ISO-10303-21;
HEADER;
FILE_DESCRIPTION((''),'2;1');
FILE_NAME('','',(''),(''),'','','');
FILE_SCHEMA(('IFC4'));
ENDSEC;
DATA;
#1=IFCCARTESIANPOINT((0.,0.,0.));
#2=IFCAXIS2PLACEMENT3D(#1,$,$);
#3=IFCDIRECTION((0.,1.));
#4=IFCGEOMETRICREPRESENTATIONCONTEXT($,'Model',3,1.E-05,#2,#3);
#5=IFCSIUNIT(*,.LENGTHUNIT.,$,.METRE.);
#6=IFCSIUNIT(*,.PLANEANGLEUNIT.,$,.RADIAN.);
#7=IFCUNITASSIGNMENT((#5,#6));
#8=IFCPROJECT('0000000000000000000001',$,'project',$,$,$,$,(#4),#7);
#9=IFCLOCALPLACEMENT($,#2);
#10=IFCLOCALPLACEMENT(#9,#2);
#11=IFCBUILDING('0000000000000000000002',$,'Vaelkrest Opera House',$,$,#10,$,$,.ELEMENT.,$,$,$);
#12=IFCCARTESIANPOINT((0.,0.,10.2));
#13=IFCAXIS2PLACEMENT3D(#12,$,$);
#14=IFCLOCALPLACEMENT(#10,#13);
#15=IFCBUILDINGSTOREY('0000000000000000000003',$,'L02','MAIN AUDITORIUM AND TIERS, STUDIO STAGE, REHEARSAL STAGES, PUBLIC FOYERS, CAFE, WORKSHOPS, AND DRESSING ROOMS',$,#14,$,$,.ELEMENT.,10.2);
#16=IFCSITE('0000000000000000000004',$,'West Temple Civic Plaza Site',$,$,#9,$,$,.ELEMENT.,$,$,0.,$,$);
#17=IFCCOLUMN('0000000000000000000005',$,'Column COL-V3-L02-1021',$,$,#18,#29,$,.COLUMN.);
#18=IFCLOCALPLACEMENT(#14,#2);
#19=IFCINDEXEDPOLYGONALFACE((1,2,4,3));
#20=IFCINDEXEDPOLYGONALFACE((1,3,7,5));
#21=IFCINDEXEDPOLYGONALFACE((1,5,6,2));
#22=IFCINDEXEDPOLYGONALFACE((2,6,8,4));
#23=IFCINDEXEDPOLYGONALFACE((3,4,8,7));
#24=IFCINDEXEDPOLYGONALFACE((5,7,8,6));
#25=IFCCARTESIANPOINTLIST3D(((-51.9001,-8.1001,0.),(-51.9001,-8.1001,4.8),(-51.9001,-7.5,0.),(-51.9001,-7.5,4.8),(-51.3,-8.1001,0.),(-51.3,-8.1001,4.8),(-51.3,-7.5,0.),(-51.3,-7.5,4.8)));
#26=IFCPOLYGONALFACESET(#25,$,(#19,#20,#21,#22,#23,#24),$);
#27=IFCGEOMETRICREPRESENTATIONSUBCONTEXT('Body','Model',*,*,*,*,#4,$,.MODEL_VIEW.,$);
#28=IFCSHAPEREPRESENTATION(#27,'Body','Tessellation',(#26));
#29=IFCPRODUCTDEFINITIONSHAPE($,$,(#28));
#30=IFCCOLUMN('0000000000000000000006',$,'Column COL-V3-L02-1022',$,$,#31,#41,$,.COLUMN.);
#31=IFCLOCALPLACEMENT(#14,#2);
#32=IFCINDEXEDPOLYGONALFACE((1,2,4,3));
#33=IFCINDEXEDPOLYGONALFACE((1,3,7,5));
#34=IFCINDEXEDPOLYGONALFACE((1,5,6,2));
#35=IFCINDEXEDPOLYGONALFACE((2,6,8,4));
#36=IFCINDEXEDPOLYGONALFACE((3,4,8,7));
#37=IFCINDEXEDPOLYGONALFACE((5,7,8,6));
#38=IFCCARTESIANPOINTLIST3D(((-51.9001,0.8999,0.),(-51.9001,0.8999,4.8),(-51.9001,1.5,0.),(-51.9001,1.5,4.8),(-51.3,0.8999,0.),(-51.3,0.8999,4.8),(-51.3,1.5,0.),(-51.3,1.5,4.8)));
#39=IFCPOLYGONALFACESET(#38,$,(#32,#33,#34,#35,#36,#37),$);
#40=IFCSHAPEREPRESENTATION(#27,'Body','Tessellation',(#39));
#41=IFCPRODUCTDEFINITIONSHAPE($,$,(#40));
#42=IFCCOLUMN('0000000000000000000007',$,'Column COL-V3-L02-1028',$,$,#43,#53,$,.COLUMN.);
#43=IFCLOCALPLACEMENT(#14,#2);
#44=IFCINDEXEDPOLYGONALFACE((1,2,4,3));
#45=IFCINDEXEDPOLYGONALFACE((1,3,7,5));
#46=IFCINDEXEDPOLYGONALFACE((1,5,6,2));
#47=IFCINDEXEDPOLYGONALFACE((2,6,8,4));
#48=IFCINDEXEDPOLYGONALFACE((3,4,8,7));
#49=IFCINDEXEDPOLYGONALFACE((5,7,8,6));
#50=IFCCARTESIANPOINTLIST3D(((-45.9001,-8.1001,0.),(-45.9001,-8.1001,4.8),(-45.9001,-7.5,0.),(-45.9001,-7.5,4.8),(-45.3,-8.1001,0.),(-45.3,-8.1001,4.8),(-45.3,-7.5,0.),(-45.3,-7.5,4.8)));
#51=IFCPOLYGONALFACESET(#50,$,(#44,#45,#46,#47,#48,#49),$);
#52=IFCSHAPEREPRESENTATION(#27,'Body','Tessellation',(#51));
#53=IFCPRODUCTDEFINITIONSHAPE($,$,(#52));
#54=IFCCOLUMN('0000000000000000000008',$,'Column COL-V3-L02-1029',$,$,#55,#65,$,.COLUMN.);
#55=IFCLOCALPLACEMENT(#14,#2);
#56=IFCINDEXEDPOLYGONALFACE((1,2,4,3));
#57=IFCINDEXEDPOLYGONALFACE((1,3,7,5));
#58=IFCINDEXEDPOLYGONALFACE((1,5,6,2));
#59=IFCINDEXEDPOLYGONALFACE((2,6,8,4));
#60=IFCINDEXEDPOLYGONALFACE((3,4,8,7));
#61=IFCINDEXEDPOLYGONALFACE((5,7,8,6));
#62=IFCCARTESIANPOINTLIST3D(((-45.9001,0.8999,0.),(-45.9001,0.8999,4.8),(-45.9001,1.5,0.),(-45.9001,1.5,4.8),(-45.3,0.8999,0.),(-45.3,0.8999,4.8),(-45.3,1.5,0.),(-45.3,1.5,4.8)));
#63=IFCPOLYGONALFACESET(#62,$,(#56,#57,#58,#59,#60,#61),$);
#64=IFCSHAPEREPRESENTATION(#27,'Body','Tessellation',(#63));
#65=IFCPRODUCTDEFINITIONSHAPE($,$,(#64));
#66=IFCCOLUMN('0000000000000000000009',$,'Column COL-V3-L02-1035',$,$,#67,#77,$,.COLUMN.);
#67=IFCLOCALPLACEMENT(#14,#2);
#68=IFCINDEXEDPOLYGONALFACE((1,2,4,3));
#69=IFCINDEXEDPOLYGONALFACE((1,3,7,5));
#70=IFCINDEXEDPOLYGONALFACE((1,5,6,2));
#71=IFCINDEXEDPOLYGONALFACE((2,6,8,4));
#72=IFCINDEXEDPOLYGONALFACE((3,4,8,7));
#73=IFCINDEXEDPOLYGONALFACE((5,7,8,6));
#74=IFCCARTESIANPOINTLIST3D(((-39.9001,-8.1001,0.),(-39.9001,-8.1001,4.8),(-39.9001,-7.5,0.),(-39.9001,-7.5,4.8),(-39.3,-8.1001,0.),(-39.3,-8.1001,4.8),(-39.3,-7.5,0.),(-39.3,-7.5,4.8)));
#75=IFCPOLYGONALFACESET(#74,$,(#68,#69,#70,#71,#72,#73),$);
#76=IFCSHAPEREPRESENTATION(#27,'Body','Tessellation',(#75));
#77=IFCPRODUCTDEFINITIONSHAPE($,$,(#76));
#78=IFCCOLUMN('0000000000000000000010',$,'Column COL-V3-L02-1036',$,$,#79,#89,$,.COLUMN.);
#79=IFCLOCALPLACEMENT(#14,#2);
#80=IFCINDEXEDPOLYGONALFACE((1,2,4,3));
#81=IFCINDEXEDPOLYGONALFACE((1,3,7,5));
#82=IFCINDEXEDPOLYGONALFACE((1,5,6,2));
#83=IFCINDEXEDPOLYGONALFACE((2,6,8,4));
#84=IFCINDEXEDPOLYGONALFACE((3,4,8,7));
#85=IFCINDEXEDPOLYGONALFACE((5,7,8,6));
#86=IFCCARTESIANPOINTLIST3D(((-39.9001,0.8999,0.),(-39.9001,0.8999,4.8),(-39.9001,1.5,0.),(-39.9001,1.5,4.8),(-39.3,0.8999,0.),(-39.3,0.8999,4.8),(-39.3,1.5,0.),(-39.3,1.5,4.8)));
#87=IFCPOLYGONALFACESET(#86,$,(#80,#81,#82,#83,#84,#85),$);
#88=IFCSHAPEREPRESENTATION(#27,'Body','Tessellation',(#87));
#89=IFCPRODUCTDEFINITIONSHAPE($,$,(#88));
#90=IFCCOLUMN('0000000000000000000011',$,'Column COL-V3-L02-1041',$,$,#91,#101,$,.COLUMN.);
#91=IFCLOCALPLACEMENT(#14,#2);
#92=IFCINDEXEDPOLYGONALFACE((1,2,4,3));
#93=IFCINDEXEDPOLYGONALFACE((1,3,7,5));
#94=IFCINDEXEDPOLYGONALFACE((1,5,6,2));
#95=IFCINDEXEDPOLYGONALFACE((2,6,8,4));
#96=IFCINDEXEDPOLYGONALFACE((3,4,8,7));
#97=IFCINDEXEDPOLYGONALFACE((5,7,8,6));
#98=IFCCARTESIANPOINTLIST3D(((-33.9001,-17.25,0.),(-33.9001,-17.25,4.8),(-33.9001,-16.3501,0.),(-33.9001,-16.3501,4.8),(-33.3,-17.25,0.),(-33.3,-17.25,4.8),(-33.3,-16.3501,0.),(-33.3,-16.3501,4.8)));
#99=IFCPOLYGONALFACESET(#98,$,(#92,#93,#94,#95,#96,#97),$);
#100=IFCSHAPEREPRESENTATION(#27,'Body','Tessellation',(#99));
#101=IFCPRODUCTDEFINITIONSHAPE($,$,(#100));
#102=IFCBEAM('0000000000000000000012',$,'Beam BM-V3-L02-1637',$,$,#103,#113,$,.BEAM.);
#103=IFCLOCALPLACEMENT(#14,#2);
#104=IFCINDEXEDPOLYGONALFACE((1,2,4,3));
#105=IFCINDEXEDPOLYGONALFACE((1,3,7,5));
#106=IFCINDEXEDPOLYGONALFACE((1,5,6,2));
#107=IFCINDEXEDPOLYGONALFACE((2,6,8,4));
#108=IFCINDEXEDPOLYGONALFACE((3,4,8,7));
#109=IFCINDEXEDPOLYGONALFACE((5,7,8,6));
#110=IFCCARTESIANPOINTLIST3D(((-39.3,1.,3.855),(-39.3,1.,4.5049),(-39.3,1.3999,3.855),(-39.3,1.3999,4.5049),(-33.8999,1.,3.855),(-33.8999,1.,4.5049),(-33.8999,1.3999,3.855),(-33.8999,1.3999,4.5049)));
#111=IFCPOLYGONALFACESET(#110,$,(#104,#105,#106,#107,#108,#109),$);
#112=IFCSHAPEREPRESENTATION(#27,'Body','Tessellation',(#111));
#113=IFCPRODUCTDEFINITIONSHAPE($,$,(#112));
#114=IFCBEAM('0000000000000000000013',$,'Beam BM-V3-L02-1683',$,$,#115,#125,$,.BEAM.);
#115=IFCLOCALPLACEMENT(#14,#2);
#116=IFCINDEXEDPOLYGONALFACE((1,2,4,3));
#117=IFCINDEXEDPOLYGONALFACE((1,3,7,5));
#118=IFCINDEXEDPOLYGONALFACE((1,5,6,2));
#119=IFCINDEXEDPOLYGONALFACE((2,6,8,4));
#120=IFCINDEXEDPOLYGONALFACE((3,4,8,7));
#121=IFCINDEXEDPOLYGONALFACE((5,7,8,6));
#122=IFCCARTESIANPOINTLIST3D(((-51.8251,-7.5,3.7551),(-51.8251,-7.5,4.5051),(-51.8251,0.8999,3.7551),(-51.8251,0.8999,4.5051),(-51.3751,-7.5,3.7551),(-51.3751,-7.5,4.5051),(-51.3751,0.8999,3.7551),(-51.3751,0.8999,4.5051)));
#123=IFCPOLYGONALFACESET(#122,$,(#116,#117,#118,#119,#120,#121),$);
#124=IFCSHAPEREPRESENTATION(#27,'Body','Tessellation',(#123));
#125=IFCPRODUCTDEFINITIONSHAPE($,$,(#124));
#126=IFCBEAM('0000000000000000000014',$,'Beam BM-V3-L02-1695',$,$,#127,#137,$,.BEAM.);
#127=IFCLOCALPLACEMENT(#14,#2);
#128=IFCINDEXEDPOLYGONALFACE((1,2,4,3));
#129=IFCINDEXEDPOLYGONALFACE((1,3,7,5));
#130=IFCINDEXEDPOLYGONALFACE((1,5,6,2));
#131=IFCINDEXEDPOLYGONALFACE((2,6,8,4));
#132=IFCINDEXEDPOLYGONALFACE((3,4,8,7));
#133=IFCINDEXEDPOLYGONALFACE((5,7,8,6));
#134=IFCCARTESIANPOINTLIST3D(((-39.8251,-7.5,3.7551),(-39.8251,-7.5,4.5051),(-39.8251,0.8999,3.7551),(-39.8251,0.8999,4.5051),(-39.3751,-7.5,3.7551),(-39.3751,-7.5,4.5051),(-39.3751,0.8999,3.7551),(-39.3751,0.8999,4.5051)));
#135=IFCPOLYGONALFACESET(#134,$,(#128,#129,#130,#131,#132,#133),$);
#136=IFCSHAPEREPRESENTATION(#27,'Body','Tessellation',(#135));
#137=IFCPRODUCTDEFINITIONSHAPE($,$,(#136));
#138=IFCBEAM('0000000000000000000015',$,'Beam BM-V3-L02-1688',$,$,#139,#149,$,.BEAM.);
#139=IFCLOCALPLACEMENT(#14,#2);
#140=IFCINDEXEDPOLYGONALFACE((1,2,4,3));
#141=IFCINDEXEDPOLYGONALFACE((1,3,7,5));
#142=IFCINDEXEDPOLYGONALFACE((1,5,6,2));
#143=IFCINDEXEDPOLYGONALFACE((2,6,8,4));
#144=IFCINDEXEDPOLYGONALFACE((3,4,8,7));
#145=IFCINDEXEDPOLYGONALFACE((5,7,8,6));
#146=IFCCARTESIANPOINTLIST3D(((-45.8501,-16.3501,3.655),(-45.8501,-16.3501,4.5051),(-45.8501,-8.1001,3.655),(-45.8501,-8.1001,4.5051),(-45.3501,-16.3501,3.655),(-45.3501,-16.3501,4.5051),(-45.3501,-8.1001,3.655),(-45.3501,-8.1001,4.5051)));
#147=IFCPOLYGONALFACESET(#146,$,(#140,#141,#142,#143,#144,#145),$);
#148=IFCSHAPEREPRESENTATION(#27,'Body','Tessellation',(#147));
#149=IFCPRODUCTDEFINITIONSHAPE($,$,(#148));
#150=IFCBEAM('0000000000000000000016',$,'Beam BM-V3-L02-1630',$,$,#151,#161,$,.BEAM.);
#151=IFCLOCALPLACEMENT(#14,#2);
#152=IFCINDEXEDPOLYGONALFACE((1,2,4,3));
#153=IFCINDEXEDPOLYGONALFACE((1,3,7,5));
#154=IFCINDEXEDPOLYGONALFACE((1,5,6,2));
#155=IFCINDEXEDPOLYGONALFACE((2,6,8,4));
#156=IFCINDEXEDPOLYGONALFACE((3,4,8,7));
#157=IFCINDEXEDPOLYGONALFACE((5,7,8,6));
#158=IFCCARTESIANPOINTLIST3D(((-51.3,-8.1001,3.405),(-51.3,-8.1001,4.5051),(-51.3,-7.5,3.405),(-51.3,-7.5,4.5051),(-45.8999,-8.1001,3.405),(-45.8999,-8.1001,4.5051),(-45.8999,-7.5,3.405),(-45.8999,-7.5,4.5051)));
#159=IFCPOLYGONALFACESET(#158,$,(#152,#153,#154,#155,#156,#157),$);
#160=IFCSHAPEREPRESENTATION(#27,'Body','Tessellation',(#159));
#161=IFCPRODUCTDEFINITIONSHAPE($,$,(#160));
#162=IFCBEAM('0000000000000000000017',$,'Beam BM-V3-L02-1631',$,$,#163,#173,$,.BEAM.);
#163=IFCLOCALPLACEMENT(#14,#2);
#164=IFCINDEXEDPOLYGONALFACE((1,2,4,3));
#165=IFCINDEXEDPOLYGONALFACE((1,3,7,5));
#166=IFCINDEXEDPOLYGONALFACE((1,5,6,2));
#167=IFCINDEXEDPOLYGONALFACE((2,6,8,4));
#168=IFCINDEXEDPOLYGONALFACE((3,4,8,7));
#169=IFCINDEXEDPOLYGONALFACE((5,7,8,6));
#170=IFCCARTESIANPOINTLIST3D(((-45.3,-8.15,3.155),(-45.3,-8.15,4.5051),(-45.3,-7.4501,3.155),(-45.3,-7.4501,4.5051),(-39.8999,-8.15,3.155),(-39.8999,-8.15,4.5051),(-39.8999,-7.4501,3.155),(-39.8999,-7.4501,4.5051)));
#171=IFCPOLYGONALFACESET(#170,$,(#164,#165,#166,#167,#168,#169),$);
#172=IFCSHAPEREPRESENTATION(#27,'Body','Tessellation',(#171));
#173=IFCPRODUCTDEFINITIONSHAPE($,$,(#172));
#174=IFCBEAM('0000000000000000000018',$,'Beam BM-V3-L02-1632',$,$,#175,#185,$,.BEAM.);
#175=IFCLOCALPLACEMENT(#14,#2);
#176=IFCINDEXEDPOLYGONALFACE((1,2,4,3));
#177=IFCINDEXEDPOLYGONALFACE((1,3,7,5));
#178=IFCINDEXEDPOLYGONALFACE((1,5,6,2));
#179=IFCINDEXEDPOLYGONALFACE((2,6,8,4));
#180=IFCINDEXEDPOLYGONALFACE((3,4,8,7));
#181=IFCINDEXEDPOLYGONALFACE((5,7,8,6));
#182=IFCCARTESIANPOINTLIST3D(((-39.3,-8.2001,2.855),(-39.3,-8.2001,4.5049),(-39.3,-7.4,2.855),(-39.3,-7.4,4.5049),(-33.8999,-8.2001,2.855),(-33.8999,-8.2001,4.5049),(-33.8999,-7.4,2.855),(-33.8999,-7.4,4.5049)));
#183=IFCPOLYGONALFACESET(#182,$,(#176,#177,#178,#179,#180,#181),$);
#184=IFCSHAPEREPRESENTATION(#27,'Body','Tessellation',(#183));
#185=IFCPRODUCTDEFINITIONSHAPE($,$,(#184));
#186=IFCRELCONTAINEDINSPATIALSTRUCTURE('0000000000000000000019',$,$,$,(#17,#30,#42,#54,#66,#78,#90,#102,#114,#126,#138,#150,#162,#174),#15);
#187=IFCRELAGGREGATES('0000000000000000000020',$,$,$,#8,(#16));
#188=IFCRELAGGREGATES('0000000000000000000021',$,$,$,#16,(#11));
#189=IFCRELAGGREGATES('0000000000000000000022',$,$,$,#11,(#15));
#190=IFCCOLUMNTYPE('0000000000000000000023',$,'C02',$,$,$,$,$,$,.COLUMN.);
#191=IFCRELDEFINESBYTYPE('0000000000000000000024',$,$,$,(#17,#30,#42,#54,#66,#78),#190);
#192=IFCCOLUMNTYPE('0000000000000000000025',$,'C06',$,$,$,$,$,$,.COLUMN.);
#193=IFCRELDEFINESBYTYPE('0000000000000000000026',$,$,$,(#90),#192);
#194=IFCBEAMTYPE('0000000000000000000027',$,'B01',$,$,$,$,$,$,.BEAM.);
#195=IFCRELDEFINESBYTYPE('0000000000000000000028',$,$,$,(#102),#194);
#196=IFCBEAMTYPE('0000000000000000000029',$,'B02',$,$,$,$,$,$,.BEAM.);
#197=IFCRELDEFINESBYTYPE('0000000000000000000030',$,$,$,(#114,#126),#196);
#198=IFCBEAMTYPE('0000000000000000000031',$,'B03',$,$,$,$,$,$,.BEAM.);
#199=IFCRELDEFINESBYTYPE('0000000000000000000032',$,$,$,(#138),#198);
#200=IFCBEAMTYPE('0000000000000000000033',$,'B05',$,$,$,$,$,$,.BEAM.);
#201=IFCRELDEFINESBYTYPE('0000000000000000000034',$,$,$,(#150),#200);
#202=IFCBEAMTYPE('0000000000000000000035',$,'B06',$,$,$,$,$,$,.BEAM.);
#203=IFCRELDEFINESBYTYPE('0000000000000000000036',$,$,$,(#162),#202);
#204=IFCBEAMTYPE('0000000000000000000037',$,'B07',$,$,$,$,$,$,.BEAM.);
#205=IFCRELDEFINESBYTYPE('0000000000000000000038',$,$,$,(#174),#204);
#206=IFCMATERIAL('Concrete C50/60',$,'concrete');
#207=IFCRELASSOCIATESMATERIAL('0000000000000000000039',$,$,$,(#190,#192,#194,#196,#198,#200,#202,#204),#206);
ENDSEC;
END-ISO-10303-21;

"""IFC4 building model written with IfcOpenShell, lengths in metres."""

from ifc_helpers import new_model, si_unit, direction, frame, origin, origin_2d, place, context, subcontext, project, spatial, rectangle, extrude, material, material_profile, profile_set, type_object, element, save


model = new_model("IFC4")

# Units and contexts
model_context = context("Model", 3, precision=1e-05, world=origin(), true_north=direction((0.0, 1.0)))
body_context = subcontext(model_context, "Body", "Model", "MODEL_VIEW")
ifc_project = project(units=[si_unit("LENGTHUNIT", "METRE"), si_unit("PLANEANGLEUNIT", "RADIAN")], contexts=[model_context])

# Site, building, storey
site_placement = place(None, origin())
site = spatial("IfcSite", under=ifc_project, at=site_placement, Name="West Temple Civic Plaza Site", CompositionType="ELEMENT", RefElevation=0.0)
building_placement = place(site_placement, origin())
building = spatial("IfcBuilding", under=site, at=building_placement, Name="Vaelkrest Opera House", CompositionType="ELEMENT")
storey_placement = place(building_placement, frame((0.0, 0.0, 10.2)))
storey = spatial("IfcBuildingStorey", under=building, at=storey_placement, Name="L02", Description="MAIN AUDITORIUM AND TIERS, STUDIO STAGE, REHEARSAL STAGES, PUBLIC FOYERS, CAFE, WORKSHOPS, AND DRESSING ROOMS", CompositionType="ELEMENT", Elevation=10.2)

# Columns
ifc_material_1 = material(Name="Concrete C50/60", Category="concrete")
ifc_material_profile_1 = material_profile(ifc_material_1, rectangle(XDim=0.6001, YDim=0.6001, at=origin_2d()), Name="RC600X600")
ifc_profile_set_1 = profile_set([ifc_material_profile_1], Name="Concrete C50/60")
column_type_1 = type_object("IfcColumnType", Name="C02", PredefinedType="COLUMN", material=ifc_profile_set_1)
for number, where, z_axis, x_axis, name in (
    (1, (-51.6001, -7.8, 0.0), (0.0, 0.0, 1.0), (1.0, 0.0, 0.0), "Column COL-V3-L02-1021"),
    (2, (-51.6001, 1.2, 0.0), (0.0, 0.0, 1.0), (1.0, 0.0, 0.0), "Column COL-V3-L02-1022"),
    (3, (-45.6001, -7.8, 0.0), (0.0, 0.0, 1.0), (1.0, 0.0, 0.0), "Column COL-V3-L02-1028"),
    (4, (-45.6001, 1.2, 0.0), (0.0, 0.0, 1.0), (1.0, 0.0, 0.0), "Column COL-V3-L02-1029"),
    (5, (-39.6001, -7.8, 0.0), (0.0, 0.0, 1.0), (1.0, 0.0, 0.0), "Column COL-V3-L02-1035"),
    (6, (-39.6001, 1.2, 0.0), (0.0, 0.0, 1.0), (1.0, 0.0, 0.0), "Column COL-V3-L02-1036"),
):
    element("IfcColumn", number, at=place(storey_placement, frame(where, z_axis=z_axis, x_axis=x_axis)), inside=storey, type_object=column_type_1, Name=name, PredefinedType="COLUMN", context=body_context, shape_type="SweptSolid", body=[
        extrude(rectangle(XDim=0.6001, YDim=0.6001, at=origin_2d()), origin(), (0.0, 0.0, 1.0), 4.8),
    ])
ifc_material_profile_2 = material_profile(ifc_material_1, rectangle(XDim=0.6001, YDim=0.8999, at=origin_2d()), Name="RC600X900")
ifc_profile_set_2 = profile_set([ifc_material_profile_2], Name="Concrete C50/60")
column_type_2 = type_object("IfcColumnType", Name="C06", PredefinedType="COLUMN", material=ifc_profile_set_2)
column_placement = place(storey_placement, frame((-33.6001, -16.8, 0.0), z_axis=(0.0, 0.0, 1.0), x_axis=(1.0, 0.0, 0.0)))
element("IfcColumn", 7, at=column_placement, inside=storey, type_object=column_type_2, Name="Column COL-V3-L02-1041", PredefinedType="COLUMN", context=body_context, shape_type="SweptSolid", body=[
    extrude(rectangle(XDim=0.6001, YDim=0.8999, at=origin_2d()), origin(), (0.0, 0.0, 1.0), 4.8),
])

# Beams
ifc_material_profile_3 = material_profile(ifc_material_1, rectangle(XDim=0.3999, YDim=0.6499, at=origin_2d()), Name="RCB400X650")
ifc_profile_set_3 = profile_set([ifc_material_profile_3], Name="Concrete C50/60")
beam_type_1 = type_object("IfcBeamType", Name="B01", PredefinedType="BEAM", material=ifc_profile_set_3)
beam_1_placement = place(storey_placement, frame((-39.3, 1.2, 4.1799), z_axis=(1.0, 0.0, 0.0), x_axis=(0.0, 1.0, 0.0)))
element("IfcBeam", 8, at=beam_1_placement, inside=storey, type_object=beam_type_1, Name="Beam BM-V3-L02-1637", PredefinedType="BEAM", context=body_context, shape_type="SweptSolid", body=[
    extrude(rectangle(XDim=0.3999, YDim=0.6499, at=origin_2d()), origin(), (0.0, 0.0, 1.0), 5.4001),
])
ifc_material_profile_4 = material_profile(ifc_material_1, rectangle(XDim=0.45, YDim=0.75, at=origin_2d()), Name="RCB450X750")
ifc_profile_set_4 = profile_set([ifc_material_profile_4], Name="Concrete C50/60")
beam_type_2 = type_object("IfcBeamType", Name="B02", PredefinedType="BEAM", material=ifc_profile_set_4)
for number, where, z_axis, x_axis, name in (
    (9, (-51.6001, -7.5, 4.1301), (0.0, 1.0, 0.0), (-1.0, 0.0, 0.0), "Beam BM-V3-L02-1683"),
    (10, (-39.6001, -7.5, 4.1301), (0.0, 1.0, 0.0), (-1.0, 0.0, 0.0), "Beam BM-V3-L02-1695"),
):
    element("IfcBeam", number, at=place(storey_placement, frame(where, z_axis=z_axis, x_axis=x_axis)), inside=storey, type_object=beam_type_2, Name=name, PredefinedType="BEAM", context=body_context, shape_type="SweptSolid", body=[
        extrude(rectangle(XDim=0.45, YDim=0.75, at=origin_2d()), origin(), (0.0, 0.0, 1.0), 8.3999),
    ])
ifc_material_profile_5 = material_profile(ifc_material_1, rectangle(XDim=0.5, YDim=0.8501, at=origin_2d()), Name="RCB500X850")
ifc_profile_set_5 = profile_set([ifc_material_profile_5], Name="Concrete C50/60")
beam_type_3 = type_object("IfcBeamType", Name="B03", PredefinedType="BEAM", material=ifc_profile_set_5)
beam_2_placement = place(storey_placement, frame((-45.6001, -16.3501, 4.0801), z_axis=(0.0, 1.0, 0.0), x_axis=(-1.0, 0.0, 0.0)))
element("IfcBeam", 11, at=beam_2_placement, inside=storey, type_object=beam_type_3, Name="Beam BM-V3-L02-1688", PredefinedType="BEAM", context=body_context, shape_type="SweptSolid", body=[
    extrude(rectangle(XDim=0.5, YDim=0.8501, at=origin_2d()), origin(), (0.0, 0.0, 1.0), 8.25),
])
ifc_material_profile_6 = material_profile(ifc_material_1, rectangle(XDim=0.6001, YDim=1.1001, at=origin_2d()), Name="RCB600X1100")
ifc_profile_set_6 = profile_set([ifc_material_profile_6], Name="Concrete C50/60")
beam_type_4 = type_object("IfcBeamType", Name="B05", PredefinedType="BEAM", material=ifc_profile_set_6)
beam_3_placement = place(storey_placement, frame((-51.3, -7.8, 3.9551), z_axis=(1.0, 0.0, 0.0), x_axis=(0.0, 1.0, 0.0)))
element("IfcBeam", 12, at=beam_3_placement, inside=storey, type_object=beam_type_4, Name="Beam BM-V3-L02-1630", PredefinedType="BEAM", context=body_context, shape_type="SweptSolid", body=[
    extrude(rectangle(XDim=0.6001, YDim=1.1001, at=origin_2d()), origin(), (0.0, 0.0, 1.0), 5.4001),
])
ifc_material_profile_7 = material_profile(ifc_material_1, rectangle(XDim=0.7, YDim=1.3501, at=origin_2d()), Name="RCB700X1350")
ifc_profile_set_7 = profile_set([ifc_material_profile_7], Name="Concrete C50/60")
beam_type_5 = type_object("IfcBeamType", Name="B06", PredefinedType="BEAM", material=ifc_profile_set_7)
beam_4_placement = place(storey_placement, frame((-45.3, -7.8, 3.8301), z_axis=(1.0, 0.0, 0.0), x_axis=(0.0, 1.0, 0.0)))
element("IfcBeam", 13, at=beam_4_placement, inside=storey, type_object=beam_type_5, Name="Beam BM-V3-L02-1631", PredefinedType="BEAM", context=body_context, shape_type="SweptSolid", body=[
    extrude(rectangle(XDim=0.7, YDim=1.3501, at=origin_2d()), origin(), (0.0, 0.0, 1.0), 5.4001),
])
ifc_material_profile_8 = material_profile(ifc_material_1, rectangle(XDim=0.8, YDim=1.6499, at=origin_2d()), Name="RCB800X1650")
ifc_profile_set_8 = profile_set([ifc_material_profile_8], Name="Concrete C50/60")
beam_type_6 = type_object("IfcBeamType", Name="B07", PredefinedType="BEAM", material=ifc_profile_set_8)
beam_5_placement = place(storey_placement, frame((-39.3, -7.8, 3.6799), z_axis=(1.0, 0.0, 0.0), x_axis=(0.0, 1.0, 0.0)))
element("IfcBeam", 14, at=beam_5_placement, inside=storey, type_object=beam_type_6, Name="Beam BM-V3-L02-1632", PredefinedType="BEAM", context=body_context, shape_type="SweptSolid", body=[
    extrude(rectangle(XDim=0.8, YDim=1.6499, at=origin_2d()), origin(), (0.0, 0.0, 1.0), 5.4001),
])

save(model, "model.ifc")
